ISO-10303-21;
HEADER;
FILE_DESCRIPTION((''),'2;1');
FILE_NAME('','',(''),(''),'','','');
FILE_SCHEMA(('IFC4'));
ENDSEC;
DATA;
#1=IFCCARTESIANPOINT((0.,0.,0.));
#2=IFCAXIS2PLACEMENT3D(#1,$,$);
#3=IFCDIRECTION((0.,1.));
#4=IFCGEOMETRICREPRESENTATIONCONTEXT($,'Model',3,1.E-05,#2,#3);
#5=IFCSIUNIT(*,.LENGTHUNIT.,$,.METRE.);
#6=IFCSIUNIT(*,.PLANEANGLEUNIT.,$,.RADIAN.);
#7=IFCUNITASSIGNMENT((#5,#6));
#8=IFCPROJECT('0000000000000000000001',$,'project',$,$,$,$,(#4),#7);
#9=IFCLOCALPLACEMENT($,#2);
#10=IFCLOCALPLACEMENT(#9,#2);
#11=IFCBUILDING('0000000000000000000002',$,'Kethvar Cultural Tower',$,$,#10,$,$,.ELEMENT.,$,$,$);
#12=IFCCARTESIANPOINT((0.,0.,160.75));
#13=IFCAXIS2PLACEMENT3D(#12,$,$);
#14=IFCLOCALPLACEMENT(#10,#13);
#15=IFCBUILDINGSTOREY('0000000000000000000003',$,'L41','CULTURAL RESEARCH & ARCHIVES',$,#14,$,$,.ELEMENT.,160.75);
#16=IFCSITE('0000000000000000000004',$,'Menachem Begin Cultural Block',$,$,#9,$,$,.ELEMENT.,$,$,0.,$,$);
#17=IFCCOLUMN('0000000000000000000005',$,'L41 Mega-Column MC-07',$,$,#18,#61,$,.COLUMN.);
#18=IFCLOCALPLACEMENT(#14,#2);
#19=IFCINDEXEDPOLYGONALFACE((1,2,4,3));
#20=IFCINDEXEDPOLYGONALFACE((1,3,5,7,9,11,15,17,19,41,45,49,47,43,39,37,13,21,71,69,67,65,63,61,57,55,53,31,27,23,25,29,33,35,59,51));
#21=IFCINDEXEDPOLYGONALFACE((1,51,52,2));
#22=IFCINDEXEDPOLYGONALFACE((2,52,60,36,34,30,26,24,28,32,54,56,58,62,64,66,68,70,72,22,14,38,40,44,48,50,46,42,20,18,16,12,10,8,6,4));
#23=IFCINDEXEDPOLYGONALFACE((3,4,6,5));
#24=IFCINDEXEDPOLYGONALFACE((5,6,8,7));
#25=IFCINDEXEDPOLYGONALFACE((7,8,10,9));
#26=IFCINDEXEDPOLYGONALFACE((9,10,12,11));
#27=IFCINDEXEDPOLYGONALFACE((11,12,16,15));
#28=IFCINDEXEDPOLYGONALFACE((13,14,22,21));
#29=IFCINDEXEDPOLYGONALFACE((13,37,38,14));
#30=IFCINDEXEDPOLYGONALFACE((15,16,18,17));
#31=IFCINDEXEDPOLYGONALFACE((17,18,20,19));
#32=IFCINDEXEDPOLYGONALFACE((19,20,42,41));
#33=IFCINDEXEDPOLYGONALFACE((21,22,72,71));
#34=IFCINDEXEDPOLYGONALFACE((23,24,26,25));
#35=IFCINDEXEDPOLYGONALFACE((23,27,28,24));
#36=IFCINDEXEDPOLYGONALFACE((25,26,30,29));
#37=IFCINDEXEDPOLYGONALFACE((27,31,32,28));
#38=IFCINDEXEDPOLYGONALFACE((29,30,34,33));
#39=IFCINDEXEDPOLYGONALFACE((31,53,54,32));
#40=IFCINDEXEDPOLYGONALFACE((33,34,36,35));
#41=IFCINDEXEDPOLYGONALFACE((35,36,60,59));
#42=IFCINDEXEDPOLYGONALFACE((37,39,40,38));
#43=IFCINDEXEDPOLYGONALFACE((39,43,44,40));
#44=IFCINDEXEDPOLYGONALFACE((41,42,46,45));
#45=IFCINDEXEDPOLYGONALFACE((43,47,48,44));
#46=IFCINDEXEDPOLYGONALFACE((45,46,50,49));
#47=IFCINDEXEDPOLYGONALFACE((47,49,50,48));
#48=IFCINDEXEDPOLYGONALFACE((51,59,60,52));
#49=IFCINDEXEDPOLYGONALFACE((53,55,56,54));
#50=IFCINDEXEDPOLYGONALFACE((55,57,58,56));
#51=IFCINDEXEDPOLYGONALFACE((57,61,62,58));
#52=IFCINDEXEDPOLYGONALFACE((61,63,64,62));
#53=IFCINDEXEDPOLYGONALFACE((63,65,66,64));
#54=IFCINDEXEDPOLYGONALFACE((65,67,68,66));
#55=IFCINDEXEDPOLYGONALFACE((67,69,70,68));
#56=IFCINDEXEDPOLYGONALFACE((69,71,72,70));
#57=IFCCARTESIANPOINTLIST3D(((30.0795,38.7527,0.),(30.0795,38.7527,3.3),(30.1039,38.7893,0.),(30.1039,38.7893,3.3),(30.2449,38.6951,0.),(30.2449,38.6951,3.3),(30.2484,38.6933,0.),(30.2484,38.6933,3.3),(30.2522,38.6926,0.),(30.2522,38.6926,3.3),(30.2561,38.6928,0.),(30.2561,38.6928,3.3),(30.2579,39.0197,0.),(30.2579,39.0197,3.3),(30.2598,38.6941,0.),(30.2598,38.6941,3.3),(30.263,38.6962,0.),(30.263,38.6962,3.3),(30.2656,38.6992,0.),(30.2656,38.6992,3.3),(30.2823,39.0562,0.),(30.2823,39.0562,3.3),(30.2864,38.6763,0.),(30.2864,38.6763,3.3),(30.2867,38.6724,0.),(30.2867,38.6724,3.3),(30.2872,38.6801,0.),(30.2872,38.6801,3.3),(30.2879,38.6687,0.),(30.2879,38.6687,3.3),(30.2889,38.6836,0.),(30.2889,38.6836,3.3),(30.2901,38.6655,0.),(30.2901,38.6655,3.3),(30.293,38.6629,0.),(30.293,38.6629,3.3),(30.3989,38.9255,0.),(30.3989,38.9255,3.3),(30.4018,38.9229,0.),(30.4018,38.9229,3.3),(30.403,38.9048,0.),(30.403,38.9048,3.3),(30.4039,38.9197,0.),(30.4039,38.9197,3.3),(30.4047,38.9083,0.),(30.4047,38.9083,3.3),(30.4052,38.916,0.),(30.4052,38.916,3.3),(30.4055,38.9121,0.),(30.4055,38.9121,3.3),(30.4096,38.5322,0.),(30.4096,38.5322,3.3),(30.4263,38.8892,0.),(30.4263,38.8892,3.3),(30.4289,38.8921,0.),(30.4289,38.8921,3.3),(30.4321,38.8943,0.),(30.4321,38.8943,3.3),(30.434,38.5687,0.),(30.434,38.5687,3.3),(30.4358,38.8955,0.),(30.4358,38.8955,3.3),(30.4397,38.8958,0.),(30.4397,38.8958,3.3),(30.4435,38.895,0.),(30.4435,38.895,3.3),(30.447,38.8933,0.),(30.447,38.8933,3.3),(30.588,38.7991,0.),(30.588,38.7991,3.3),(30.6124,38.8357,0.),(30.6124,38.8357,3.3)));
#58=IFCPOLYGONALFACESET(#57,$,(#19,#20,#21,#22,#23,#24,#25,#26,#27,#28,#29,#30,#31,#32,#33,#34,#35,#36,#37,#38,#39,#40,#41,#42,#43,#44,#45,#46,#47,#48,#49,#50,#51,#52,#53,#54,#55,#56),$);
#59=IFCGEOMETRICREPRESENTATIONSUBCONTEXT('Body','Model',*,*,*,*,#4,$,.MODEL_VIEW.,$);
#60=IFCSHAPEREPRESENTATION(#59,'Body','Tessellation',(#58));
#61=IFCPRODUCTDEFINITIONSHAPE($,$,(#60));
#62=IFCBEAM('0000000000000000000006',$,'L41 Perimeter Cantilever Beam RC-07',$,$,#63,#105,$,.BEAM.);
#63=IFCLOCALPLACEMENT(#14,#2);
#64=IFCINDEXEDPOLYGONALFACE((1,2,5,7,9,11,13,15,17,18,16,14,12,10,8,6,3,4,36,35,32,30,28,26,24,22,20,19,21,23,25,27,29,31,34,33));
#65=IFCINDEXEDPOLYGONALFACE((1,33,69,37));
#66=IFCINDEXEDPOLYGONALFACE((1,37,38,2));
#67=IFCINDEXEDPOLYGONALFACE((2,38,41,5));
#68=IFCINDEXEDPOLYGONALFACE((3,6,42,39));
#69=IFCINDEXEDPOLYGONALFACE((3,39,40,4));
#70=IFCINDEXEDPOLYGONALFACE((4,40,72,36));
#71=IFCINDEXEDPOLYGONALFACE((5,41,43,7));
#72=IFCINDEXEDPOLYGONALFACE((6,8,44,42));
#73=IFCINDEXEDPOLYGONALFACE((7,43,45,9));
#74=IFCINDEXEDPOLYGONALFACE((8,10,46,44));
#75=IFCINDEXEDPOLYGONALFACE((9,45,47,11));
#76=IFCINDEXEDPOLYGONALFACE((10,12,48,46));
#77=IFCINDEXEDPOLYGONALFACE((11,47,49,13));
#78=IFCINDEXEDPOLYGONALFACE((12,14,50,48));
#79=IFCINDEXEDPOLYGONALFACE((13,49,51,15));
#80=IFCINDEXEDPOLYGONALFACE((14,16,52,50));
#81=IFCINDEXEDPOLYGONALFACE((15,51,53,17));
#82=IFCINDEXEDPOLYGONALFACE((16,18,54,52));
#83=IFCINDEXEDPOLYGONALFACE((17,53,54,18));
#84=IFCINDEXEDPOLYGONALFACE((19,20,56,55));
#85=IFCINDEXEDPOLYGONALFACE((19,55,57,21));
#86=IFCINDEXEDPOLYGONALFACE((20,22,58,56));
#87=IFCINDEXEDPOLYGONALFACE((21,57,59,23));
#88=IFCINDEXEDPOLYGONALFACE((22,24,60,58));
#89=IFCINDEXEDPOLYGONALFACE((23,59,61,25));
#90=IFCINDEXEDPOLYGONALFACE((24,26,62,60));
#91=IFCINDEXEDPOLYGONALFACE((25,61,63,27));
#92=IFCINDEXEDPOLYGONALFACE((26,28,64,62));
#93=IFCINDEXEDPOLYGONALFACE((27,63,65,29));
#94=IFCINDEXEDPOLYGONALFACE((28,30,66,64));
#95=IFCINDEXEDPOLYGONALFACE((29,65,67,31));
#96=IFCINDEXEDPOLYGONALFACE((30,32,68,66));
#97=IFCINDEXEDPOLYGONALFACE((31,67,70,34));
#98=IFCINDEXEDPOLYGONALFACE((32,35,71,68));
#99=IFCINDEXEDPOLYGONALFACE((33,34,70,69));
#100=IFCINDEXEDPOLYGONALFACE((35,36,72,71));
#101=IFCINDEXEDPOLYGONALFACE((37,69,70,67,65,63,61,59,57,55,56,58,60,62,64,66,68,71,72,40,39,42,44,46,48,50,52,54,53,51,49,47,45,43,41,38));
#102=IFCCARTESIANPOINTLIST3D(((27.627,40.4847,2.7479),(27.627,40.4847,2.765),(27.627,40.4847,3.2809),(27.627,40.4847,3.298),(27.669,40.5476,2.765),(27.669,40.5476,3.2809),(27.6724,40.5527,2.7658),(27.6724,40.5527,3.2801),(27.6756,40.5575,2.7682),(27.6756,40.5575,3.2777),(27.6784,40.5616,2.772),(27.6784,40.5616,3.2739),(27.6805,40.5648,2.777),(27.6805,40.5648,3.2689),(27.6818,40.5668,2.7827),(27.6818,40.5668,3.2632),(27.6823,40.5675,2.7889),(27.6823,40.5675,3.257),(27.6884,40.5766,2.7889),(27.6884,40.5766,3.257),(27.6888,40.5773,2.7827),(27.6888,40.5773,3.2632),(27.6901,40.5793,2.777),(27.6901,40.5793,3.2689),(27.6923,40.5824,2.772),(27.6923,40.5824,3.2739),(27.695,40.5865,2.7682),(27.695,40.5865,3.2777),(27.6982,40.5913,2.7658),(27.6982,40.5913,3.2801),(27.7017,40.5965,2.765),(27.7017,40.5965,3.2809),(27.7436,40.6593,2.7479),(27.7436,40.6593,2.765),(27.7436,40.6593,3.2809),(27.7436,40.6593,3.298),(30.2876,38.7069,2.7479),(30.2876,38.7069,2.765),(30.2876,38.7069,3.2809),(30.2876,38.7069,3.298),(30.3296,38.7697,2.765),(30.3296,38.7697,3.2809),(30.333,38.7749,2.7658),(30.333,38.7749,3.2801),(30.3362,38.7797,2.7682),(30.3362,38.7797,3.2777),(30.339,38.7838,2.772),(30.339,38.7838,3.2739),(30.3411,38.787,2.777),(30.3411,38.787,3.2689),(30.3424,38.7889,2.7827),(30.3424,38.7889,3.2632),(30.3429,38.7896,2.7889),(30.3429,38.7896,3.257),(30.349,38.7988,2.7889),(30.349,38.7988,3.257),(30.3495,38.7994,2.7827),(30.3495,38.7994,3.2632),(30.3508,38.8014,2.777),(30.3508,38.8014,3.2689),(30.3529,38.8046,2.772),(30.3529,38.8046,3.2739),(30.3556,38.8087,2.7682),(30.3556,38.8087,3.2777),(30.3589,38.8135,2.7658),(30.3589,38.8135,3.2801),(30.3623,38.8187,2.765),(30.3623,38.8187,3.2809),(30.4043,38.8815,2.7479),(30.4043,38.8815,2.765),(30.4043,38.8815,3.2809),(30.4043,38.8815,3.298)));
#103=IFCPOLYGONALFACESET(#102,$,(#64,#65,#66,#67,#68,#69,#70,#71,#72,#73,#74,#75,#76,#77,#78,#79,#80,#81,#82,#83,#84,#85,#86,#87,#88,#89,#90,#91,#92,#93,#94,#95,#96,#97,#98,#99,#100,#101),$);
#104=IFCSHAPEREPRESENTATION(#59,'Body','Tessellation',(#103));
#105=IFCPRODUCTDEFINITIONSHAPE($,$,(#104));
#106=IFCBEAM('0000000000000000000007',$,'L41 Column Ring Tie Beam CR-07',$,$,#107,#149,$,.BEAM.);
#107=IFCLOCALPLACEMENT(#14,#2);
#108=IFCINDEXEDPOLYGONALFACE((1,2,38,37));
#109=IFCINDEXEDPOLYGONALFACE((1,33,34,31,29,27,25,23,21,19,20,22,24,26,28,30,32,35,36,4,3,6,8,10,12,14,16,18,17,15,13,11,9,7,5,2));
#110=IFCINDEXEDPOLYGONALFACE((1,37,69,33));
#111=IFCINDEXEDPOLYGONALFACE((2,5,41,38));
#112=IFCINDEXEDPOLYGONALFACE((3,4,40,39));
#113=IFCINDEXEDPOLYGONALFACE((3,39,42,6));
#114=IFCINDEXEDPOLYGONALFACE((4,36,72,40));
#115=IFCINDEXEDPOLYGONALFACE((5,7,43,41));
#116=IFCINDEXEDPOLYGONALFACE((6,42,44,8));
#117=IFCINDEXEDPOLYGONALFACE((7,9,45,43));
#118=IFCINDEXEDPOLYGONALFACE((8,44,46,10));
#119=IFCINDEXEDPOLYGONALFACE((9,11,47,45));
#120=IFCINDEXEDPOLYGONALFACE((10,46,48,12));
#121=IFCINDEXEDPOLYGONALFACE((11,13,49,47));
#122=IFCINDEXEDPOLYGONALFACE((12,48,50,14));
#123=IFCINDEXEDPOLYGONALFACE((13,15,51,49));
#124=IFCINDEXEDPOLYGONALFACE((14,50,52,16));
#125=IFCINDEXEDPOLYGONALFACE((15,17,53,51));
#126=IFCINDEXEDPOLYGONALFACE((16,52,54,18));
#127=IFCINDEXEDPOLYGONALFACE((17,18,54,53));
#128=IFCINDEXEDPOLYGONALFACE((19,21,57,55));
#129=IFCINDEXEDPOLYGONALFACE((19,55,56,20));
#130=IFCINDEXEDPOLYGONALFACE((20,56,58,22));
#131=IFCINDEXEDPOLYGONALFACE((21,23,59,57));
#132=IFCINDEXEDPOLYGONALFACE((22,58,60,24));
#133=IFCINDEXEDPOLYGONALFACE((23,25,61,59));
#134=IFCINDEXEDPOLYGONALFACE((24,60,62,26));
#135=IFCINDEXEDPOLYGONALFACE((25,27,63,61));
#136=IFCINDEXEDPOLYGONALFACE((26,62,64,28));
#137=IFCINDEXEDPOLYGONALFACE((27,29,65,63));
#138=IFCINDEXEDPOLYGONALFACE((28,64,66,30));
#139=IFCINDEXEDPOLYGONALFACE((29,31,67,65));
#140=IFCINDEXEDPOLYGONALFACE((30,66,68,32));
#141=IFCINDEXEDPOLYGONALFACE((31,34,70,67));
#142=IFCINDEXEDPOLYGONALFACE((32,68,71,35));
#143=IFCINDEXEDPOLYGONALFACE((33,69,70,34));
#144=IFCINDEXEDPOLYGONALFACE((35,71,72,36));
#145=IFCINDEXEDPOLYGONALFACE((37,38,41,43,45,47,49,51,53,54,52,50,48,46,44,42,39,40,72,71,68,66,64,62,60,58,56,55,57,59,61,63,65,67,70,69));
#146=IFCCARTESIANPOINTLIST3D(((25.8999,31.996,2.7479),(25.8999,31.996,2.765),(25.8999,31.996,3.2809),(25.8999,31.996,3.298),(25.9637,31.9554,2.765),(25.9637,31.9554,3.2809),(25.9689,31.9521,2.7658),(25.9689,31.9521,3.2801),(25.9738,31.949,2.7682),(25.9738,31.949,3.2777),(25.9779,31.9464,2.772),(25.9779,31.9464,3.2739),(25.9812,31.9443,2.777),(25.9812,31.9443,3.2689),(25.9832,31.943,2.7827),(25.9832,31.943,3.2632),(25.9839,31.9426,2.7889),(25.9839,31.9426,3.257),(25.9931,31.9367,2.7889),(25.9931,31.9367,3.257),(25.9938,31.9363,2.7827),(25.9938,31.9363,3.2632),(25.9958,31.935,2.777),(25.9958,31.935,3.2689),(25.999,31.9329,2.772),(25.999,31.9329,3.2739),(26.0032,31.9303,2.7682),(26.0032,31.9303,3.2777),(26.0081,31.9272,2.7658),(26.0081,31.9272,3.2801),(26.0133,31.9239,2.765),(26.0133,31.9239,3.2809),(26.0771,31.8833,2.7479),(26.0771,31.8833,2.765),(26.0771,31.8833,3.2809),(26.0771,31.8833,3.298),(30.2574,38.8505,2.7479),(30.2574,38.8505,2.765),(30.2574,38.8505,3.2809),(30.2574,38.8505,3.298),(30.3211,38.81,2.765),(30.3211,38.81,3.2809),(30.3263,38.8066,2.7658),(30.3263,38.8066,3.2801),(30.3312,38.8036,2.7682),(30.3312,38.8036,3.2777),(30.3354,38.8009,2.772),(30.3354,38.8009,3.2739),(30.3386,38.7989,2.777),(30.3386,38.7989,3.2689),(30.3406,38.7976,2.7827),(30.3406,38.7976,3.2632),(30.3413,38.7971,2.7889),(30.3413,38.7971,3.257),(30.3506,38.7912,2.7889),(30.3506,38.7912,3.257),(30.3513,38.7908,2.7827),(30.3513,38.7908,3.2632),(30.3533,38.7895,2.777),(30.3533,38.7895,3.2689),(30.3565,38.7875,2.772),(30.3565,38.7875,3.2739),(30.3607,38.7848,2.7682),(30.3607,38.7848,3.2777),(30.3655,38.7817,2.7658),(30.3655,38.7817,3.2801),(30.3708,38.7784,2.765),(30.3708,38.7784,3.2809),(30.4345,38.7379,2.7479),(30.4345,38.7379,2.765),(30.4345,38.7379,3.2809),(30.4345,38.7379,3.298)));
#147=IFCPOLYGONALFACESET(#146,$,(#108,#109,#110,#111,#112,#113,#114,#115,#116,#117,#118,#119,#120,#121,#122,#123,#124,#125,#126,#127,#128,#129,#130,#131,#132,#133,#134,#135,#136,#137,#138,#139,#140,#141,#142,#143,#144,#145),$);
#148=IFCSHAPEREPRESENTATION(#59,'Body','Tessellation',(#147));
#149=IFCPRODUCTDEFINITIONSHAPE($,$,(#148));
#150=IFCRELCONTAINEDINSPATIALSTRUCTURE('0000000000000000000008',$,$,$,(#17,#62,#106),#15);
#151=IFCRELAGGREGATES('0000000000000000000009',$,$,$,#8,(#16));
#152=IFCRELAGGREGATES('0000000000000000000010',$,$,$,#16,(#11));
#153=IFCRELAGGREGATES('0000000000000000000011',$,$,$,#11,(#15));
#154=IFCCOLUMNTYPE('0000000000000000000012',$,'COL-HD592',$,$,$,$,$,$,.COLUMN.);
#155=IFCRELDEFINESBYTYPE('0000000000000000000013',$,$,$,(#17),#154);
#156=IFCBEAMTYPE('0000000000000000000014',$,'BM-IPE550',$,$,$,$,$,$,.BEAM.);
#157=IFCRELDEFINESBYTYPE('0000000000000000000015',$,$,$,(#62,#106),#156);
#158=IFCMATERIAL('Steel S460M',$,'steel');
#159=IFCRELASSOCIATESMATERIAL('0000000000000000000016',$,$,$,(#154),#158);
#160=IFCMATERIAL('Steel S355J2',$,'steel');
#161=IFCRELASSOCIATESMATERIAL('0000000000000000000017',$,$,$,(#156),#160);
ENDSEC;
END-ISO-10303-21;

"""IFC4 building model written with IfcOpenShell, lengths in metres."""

from ifc_helpers import new_model, si_unit, direction, frame, origin, origin_2d, place, context, subcontext, project, spatial, i_section, extrude, source, transform, mapped, material, material_profile, profile_set, type_object, element, save


model = new_model("IFC4")

# Units and contexts
model_context = context("Model", 3, precision=1e-05, world=origin(), true_north=direction((0.0, 1.0)))
body_context = subcontext(model_context, "Body", "Model", "MODEL_VIEW")
ifc_project = project(units=[si_unit("LENGTHUNIT", "METRE"), si_unit("PLANEANGLEUNIT", "RADIAN")], contexts=[model_context])

# Site, building, storey
site_placement = place(None, origin())
site = spatial("IfcSite", under=ifc_project, at=site_placement, Name="Menachem Begin Cultural Block", CompositionType="ELEMENT", RefElevation=0.0)
building_placement = place(site_placement, origin())
building = spatial("IfcBuilding", under=site, at=building_placement, Name="Kethvar Cultural Tower", CompositionType="ELEMENT")
storey_placement = place(building_placement, frame((0.0, 0.0, 160.75)))
storey = spatial("IfcBuildingStorey", under=building, at=storey_placement, Name="L41", Description="CULTURAL RESEARCH & ARCHIVES", CompositionType="ELEMENT", Elevation=160.75)

# Column
ifc_material_1 = material(Name="Steel S460M", Category="steel")
ifc_material_profile_1 = material_profile(ifc_material_1, i_section(OverallWidth=0.397, OverallDepth=0.365, WebThickness=0.0281, FlangeThickness=0.0439, FilletRadius=0.0149, at=origin_2d()), Name="Steel S460M — HD400x592")
ifc_profile_set_1 = profile_set([ifc_material_profile_1], Name="Steel S460M — HD400x592")
column_type = type_object("IfcColumnType", Name="COL-HD592", PredefinedType="COLUMN", material=ifc_profile_set_1)
shared_shape_1 = source(origin(), body_context, "Body", "SweptSolid", [
    extrude(i_section(OverallWidth=0.397, OverallDepth=0.365, WebThickness=0.0281, FlangeThickness=0.0439, FilletRadius=0.0149, at=origin_2d()), origin(), (0.0, 0.0, 1.0), 3.3),
])
column_placement = place(storey_placement, frame((30.3459, 38.7942, 0.0), z_axis=(0.0, 0.0, 1.0), x_axis=(-0.83147, 0.55557, 0.0)))
element("IfcColumn", 1, at=column_placement, inside=storey, type_object=column_type, Name="L41 Mega-Column MC-07", PredefinedType="COLUMN", context=body_context, shape_type="MappedRepresentation", body=[
    mapped(shared_shape_1, transform((0.0, 0.0, 0.0), scale=1.0)),
])

# Beams
ifc_material_2 = material(Name="Steel S355J2", Category="steel")
ifc_material_profile_2 = material_profile(ifc_material_2, i_section(OverallWidth=0.21, OverallDepth=0.55, WebThickness=0.011, FlangeThickness=0.0171, FilletRadius=0.0239, at=origin_2d()), Name="Steel S355J2 — IPE550")
ifc_profile_set_2 = profile_set([ifc_material_profile_2], Name="Steel S355J2 — IPE550")
beam_type_1 = type_object("IfcBeamType", Name="BM-IPE550", PredefinedType="BEAM", material=ifc_profile_set_2)
shared_shape_2 = source(origin(), body_context, "Body", "SweptSolid", [
    extrude(i_section(OverallWidth=0.21, OverallDepth=0.55, WebThickness=0.011, FlangeThickness=0.0171, FilletRadius=0.0239, at=origin_2d()), origin(), (0.0, 0.0, 1.0), 3.2),
])
beam_1_placement = place(storey_placement, frame((30.3459, 38.7942, 3.0229), z_axis=(-0.831463, 0.55558, 0.0), x_axis=(-0.55558, -0.831463, 0.0)))
element("IfcBeam", 2, at=beam_1_placement, inside=storey, type_object=beam_type_1, Name="L41 Perimeter Cantilever Beam RC-07", PredefinedType="BEAM", context=body_context, shape_type="MappedRepresentation", body=[
    mapped(shared_shape_2, transform((0.0, 0.0, 0.0), scale=1.0)),
])
shared_shape_3 = source(origin(), body_context, "Body", "SweptSolid", [
    extrude(i_section(OverallWidth=0.21, OverallDepth=0.55, WebThickness=0.011, FlangeThickness=0.0171, FilletRadius=0.0239, at=origin_2d()), origin(), (0.0, 0.0, 1.0), 8.1223),
])
beam_2_placement = place(storey_placement, frame((30.3459, 38.7942, 3.0229), z_axis=(-0.536479, -0.843914, 0.0), x_axis=(0.843914, -0.536479, 0.0)))
element("IfcBeam", 3, at=beam_2_placement, inside=storey, type_object=beam_type_1, Name="L41 Column Ring Tie Beam CR-07", PredefinedType="BEAM", context=body_context, shape_type="MappedRepresentation", body=[
    mapped(shared_shape_3, transform((0.0, 0.0, 0.0), scale=1.0)),
])

save(model, "model.ifc")
